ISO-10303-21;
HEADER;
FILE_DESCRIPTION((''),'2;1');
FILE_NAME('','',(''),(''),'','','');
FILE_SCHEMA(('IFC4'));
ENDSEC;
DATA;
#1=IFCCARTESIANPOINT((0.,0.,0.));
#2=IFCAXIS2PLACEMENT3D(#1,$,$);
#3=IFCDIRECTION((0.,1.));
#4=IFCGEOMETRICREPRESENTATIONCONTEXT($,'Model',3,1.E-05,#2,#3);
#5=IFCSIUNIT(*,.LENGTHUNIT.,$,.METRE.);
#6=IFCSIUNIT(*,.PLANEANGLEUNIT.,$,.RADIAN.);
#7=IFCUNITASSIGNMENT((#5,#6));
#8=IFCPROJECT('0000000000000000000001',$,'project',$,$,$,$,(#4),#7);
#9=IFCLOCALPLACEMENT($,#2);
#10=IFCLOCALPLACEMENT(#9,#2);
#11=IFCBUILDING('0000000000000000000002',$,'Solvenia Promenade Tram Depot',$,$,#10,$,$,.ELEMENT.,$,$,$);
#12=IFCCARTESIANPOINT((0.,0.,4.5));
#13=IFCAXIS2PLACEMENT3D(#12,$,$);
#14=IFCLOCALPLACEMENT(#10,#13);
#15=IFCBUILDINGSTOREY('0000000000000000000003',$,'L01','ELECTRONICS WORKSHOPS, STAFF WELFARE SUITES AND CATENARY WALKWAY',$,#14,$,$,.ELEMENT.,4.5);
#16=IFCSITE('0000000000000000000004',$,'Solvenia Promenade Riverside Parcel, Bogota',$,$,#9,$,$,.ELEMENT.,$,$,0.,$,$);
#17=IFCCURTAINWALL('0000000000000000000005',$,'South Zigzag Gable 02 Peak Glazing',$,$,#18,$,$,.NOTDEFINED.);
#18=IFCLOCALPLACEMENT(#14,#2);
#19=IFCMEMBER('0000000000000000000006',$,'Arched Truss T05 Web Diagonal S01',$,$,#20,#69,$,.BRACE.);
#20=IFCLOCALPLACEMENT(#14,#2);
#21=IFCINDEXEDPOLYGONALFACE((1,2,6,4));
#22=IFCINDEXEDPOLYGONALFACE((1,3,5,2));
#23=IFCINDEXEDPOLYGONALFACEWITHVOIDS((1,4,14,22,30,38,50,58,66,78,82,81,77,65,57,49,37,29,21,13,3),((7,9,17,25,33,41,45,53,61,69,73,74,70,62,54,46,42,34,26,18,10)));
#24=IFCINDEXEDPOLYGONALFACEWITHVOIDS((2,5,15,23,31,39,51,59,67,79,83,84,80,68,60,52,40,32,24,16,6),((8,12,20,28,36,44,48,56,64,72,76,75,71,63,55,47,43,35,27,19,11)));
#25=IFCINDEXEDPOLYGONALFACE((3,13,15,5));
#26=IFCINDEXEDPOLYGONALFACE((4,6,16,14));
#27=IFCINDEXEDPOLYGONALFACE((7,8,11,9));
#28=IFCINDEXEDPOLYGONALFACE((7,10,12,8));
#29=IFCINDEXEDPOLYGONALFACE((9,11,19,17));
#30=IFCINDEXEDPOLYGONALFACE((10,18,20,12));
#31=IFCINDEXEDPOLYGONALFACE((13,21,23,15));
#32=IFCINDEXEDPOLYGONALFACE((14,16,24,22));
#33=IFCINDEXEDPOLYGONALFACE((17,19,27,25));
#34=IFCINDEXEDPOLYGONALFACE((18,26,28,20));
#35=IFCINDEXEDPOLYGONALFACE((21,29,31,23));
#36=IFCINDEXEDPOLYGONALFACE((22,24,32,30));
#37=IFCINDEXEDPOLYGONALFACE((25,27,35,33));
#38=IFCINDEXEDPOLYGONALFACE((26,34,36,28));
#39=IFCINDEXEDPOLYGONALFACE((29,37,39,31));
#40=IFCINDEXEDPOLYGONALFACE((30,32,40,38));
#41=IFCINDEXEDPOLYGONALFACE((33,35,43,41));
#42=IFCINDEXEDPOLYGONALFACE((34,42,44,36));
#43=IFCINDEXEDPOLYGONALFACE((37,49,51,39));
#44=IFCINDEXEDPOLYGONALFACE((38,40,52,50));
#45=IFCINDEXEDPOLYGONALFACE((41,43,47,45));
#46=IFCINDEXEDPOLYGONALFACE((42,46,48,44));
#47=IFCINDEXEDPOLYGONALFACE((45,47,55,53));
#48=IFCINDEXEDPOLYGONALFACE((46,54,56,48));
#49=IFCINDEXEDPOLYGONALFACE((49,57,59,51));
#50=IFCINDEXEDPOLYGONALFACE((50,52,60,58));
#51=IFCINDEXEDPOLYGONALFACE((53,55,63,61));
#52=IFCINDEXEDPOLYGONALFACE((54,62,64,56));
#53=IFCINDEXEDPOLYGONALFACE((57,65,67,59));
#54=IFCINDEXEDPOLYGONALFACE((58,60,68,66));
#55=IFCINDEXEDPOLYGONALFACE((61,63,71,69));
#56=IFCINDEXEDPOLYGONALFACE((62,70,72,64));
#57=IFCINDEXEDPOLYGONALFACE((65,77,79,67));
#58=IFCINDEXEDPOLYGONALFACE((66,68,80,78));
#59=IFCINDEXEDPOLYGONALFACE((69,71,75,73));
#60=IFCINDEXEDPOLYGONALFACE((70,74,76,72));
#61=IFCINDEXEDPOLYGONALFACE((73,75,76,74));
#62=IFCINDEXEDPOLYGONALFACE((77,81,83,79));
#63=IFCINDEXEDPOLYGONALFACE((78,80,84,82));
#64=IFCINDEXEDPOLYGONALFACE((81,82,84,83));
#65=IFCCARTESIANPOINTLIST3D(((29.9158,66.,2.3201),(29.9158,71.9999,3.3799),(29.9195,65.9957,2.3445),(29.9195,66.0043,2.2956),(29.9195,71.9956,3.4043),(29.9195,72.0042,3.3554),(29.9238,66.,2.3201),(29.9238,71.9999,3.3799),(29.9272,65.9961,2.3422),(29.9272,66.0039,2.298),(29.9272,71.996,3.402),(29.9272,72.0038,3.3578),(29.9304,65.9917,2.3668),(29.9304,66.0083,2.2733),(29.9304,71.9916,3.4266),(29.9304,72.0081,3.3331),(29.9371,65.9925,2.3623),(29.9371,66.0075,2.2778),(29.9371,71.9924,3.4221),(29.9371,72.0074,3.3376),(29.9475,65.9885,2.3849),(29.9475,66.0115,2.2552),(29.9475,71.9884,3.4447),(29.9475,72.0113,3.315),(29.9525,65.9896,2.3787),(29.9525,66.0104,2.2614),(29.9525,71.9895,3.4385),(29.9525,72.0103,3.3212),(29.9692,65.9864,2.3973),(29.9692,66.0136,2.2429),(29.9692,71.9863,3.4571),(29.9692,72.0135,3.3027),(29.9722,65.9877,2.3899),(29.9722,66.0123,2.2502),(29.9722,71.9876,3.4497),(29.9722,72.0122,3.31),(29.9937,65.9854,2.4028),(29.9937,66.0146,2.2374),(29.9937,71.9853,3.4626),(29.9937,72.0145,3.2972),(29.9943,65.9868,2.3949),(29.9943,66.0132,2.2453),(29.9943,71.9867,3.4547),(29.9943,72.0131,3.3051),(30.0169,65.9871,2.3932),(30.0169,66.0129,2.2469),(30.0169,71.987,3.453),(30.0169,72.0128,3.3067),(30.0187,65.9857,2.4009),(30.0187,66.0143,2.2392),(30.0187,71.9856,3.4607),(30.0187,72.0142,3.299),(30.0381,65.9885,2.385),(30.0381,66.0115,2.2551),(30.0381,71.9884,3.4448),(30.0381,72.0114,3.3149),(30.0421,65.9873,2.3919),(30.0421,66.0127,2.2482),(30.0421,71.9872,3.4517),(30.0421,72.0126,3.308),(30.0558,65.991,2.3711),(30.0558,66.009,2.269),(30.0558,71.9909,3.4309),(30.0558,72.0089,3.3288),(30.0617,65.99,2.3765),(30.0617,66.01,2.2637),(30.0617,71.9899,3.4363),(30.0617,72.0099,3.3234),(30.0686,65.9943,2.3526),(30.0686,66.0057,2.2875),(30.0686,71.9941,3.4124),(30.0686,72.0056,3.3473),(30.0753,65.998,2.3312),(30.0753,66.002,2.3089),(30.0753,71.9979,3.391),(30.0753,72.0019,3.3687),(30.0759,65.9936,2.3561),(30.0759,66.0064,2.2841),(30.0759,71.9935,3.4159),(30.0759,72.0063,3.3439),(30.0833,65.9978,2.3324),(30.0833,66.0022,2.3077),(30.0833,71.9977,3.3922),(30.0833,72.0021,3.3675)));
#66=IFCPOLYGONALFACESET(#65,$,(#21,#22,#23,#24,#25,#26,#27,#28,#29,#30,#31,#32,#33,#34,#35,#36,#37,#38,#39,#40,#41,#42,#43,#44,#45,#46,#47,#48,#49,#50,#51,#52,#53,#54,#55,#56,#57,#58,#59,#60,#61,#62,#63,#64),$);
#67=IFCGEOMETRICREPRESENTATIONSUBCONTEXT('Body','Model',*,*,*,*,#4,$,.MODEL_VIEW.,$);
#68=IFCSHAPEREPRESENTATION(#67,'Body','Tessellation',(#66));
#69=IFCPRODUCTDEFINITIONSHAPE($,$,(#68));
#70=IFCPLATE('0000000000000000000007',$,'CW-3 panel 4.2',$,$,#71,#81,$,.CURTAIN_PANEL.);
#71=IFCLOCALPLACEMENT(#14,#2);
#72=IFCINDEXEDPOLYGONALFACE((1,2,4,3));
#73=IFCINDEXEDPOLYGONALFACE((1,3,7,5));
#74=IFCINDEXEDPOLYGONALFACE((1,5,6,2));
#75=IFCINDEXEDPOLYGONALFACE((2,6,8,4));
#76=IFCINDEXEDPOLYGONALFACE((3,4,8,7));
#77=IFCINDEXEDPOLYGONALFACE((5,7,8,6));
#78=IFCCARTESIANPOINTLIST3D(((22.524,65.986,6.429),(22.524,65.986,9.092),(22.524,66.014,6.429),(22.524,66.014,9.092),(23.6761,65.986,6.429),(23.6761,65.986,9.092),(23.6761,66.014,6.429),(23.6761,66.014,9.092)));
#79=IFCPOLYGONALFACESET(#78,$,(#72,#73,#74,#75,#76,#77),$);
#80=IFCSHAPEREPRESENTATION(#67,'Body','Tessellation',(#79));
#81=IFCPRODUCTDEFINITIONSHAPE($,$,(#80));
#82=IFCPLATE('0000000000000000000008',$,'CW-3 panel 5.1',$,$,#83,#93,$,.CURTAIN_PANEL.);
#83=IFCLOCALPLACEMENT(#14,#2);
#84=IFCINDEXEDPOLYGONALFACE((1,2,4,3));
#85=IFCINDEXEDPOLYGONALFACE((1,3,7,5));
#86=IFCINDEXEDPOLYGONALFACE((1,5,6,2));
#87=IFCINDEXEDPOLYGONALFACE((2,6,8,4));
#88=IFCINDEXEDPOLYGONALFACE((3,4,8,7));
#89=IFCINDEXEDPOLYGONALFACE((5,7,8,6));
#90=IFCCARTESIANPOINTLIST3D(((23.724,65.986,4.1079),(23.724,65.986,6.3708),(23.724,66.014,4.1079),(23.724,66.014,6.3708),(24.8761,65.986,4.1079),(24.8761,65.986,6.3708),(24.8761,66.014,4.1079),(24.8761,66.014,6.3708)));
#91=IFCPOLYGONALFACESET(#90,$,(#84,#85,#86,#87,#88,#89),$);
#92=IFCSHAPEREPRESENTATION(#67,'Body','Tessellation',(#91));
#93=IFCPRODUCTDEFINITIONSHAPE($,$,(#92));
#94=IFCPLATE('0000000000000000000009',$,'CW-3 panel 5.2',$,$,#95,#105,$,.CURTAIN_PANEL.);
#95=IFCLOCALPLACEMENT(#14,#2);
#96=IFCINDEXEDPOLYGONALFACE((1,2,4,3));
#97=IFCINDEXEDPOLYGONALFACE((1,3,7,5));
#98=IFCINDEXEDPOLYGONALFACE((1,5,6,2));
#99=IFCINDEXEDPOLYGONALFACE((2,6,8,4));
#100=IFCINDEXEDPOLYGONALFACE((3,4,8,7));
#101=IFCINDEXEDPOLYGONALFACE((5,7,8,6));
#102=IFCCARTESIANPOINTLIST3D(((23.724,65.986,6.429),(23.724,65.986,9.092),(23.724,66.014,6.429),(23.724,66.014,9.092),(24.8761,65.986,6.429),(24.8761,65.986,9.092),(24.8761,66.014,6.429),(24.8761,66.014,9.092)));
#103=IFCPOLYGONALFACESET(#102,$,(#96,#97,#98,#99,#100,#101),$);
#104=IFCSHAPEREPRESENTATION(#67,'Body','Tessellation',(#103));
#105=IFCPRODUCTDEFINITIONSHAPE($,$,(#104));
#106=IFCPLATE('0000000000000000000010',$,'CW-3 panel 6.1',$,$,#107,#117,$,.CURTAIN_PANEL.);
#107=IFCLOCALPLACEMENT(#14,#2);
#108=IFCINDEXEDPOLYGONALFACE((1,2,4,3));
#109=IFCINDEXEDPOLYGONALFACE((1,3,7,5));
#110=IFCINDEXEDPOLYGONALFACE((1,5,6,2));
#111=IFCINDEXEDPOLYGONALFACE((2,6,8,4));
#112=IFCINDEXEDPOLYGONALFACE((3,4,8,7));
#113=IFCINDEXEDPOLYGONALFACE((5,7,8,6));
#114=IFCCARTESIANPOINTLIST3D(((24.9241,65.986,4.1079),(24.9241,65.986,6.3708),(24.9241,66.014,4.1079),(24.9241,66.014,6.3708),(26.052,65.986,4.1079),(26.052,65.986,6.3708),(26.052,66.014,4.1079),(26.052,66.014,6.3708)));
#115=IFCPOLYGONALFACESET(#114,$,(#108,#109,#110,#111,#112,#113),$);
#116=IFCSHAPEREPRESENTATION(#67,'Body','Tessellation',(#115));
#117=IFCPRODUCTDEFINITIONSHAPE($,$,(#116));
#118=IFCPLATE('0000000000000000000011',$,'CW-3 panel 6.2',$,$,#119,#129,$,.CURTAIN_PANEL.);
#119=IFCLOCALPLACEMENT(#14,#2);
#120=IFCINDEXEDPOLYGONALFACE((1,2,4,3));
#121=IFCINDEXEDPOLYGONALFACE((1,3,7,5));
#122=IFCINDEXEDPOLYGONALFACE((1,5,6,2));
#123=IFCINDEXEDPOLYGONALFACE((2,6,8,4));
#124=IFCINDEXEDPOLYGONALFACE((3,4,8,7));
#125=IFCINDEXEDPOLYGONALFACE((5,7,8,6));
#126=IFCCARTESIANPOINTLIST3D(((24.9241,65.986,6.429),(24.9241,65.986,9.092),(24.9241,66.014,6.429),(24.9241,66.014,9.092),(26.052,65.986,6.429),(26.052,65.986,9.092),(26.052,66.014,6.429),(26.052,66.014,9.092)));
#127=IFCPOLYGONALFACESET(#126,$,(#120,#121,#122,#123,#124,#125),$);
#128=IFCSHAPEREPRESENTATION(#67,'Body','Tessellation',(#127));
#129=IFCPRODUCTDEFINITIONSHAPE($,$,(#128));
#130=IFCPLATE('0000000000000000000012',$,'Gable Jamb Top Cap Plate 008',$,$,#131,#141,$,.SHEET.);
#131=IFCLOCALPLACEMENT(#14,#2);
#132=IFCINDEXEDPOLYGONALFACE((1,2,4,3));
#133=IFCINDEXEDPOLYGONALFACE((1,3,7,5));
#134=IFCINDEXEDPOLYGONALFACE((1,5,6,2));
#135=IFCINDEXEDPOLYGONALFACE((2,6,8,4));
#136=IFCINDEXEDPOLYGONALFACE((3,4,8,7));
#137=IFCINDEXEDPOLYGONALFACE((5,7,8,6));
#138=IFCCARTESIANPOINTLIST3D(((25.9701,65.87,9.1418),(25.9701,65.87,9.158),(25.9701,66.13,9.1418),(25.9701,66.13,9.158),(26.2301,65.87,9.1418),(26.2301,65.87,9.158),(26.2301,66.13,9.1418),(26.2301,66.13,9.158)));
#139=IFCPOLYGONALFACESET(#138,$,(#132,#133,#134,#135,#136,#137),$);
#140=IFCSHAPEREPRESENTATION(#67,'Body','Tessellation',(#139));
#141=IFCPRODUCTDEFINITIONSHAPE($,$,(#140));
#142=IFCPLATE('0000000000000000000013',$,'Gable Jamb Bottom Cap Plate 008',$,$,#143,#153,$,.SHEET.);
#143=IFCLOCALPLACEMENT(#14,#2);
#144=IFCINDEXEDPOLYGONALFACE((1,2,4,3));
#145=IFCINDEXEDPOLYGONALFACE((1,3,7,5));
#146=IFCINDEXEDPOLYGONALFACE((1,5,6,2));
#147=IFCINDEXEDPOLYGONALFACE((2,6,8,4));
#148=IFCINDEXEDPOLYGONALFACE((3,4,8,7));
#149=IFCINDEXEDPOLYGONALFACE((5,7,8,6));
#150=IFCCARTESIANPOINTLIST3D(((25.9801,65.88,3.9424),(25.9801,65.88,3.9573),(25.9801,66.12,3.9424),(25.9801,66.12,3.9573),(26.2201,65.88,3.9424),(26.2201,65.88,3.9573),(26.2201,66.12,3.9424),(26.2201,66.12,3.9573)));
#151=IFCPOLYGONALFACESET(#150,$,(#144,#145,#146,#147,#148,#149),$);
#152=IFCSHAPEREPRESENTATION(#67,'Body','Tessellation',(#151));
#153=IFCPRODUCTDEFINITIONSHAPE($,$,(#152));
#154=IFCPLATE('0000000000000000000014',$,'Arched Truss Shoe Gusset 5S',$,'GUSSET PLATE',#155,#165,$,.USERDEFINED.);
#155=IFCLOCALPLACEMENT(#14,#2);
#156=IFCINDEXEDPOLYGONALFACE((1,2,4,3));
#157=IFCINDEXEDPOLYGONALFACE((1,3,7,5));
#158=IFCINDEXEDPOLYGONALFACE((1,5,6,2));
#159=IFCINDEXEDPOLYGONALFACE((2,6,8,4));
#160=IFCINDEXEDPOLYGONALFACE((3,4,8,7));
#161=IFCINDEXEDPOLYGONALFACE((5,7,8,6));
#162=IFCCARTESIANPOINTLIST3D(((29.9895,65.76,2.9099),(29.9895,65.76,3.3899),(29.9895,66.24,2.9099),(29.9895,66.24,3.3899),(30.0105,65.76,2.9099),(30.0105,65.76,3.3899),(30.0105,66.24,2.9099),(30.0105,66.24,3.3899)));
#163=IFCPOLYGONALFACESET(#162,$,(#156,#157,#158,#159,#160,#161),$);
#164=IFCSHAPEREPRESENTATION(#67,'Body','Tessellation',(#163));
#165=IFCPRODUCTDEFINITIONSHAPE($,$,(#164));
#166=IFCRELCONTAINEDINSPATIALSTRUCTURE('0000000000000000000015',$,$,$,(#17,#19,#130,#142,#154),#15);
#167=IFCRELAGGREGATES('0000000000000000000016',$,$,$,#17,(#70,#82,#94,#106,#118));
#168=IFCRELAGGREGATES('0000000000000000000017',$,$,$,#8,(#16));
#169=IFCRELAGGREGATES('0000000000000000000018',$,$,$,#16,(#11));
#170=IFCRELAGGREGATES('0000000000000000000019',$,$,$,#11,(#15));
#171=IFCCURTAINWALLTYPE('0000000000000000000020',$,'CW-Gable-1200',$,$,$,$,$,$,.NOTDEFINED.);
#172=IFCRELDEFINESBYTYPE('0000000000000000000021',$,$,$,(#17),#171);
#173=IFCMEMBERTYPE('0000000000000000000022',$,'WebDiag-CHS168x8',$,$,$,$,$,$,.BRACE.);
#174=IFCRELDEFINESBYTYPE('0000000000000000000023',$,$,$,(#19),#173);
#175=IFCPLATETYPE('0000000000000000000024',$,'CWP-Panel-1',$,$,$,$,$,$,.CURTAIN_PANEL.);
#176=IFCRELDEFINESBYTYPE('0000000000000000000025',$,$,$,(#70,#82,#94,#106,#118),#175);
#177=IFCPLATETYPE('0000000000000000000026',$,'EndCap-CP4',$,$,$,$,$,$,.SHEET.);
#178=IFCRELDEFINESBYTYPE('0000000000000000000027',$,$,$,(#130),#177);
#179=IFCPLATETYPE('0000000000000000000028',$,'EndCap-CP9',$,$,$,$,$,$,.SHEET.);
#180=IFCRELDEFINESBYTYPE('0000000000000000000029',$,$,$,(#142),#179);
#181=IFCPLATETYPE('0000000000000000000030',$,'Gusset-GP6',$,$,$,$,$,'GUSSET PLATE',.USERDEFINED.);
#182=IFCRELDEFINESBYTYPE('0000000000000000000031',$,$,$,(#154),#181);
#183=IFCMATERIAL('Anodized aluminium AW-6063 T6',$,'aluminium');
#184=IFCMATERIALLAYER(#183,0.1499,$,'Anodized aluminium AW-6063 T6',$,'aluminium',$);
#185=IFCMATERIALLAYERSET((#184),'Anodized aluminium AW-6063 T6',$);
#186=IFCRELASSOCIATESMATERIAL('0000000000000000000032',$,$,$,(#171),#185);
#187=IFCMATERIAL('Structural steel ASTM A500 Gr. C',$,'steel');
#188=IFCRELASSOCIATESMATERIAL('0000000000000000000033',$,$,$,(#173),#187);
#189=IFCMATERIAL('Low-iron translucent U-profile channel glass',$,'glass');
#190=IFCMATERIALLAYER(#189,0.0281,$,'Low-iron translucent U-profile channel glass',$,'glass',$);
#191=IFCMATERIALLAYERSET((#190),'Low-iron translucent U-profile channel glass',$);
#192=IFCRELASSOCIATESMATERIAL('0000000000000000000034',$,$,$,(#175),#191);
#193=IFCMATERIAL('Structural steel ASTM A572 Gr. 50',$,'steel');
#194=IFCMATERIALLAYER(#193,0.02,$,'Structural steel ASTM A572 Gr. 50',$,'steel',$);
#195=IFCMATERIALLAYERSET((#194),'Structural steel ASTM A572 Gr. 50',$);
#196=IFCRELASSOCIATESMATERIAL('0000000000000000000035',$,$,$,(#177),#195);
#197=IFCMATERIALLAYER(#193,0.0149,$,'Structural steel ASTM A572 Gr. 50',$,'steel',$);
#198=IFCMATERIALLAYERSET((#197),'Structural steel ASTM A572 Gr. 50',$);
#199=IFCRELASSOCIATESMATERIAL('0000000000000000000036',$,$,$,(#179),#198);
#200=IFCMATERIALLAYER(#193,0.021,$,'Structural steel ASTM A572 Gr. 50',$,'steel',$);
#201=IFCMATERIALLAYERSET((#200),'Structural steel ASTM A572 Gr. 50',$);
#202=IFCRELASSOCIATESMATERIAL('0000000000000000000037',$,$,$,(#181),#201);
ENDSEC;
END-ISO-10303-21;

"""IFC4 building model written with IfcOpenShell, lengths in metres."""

from ifc_helpers import new_model, si_unit, direction, frame, origin, origin_2d, place, context, subcontext, project, spatial, rectangle, hollow_circle, extrude, material, layer, layer_set, material_profile, profile_set, type_object, element, aggregate, save


model = new_model("IFC4")

# Units and contexts
model_context = context("Model", 3, precision=1e-05, world=origin(), true_north=direction((0.0, 1.0)))
body_context = subcontext(model_context, "Body", "Model", "MODEL_VIEW")
ifc_project = project(units=[si_unit("LENGTHUNIT", "METRE"), si_unit("PLANEANGLEUNIT", "RADIAN")], contexts=[model_context])

# Site, building, storey
site_placement = place(None, origin())
site = spatial("IfcSite", under=ifc_project, at=site_placement, Name="Solvenia Promenade Riverside Parcel, Bogota", CompositionType="ELEMENT", RefElevation=0.0)
building_placement = place(site_placement, origin())
building = spatial("IfcBuilding", under=site, at=building_placement, Name="Solvenia Promenade Tram Depot", CompositionType="ELEMENT")
storey_placement = place(building_placement, frame((0.0, 0.0, 4.5)))
storey = spatial("IfcBuildingStorey", under=building, at=storey_placement, Name="L01", Description="ELECTRONICS WORKSHOPS, STAFF WELFARE SUITES AND CATENARY WALKWAY", CompositionType="ELEMENT", Elevation=4.5)

# Curtain wall
ifc_material_1 = material(Name="Anodized aluminium AW-6063 T6", Category="aluminium")
ifc_layer_1 = layer(ifc_material_1, 0.1499, Name="Anodized aluminium AW-6063 T6", Category="aluminium")
ifc_layer_set_1 = layer_set([ifc_layer_1], Name="Anodized aluminium AW-6063 T6")
curtain_wall_type = type_object("IfcCurtainWallType", Name="CW-Gable-1200", PredefinedType="NOTDEFINED", material=ifc_layer_set_1)
curtain_wall_placement = place(storey_placement, origin())
curtain_wall = element("IfcCurtainWall", 1, at=curtain_wall_placement, inside=storey, type_object=curtain_wall_type, Name="South Zigzag Gable 02 Peak Glazing", PredefinedType="NOTDEFINED")

# Member
ifc_material_2 = material(Name="Structural steel ASTM A500 Gr. C", Category="steel")
ifc_material_profile_1 = material_profile(ifc_material_2, hollow_circle(Radius=0.0842, WallThickness=0.0081, at=origin_2d()), Name="CHS168.3x8", Category="steel")
ifc_profile_set_1 = profile_set([ifc_material_profile_1], Name="Structural steel ASTM A500 Gr. C")
member_type_1 = type_object("IfcMemberType", Name="WebDiag-CHS168x8", PredefinedType="BRACE", material=ifc_profile_set_1)
member_1_placement = place(storey_placement, frame((30.0, 66.0, 2.3201), z_axis=(0.0, 0.984756, 0.173943), x_axis=(-1.0, 0.0, 0.0)))
element("IfcMember", 2, at=member_1_placement, inside=storey, type_object=member_type_1, Name="Arched Truss T05 Web Diagonal S01", PredefinedType="BRACE", context=body_context, shape_type="SweptSolid", body=[
    extrude(hollow_circle(Radius=0.0842, WallThickness=0.0081, at=origin_2d()), origin(), (0.0, 0.0, 1.0), 6.0928),
])

# Plates
ifc_material_3 = material(Name="Low-iron translucent U-profile channel glass", Category="glass")
ifc_layer_2 = layer(ifc_material_3, 0.0281, Name="Low-iron translucent U-profile channel glass", Category="glass")
ifc_layer_set_2 = layer_set([ifc_layer_2], Name="Low-iron translucent U-profile channel glass")
plate_type_1 = type_object("IfcPlateType", Name="CWP-Panel-1", PredefinedType="CURTAIN_PANEL", material=ifc_layer_set_2)
plate_1_placement = place(storey_placement, frame((23.1001, 66.0, 6.429), z_axis=(0.0, 0.0, 1.0), x_axis=(1.0, 0.0, 0.0)))
plate_1 = element("IfcPlate", 3, at=plate_1_placement, type_object=plate_type_1, Name="CW-3 panel 4.2", PredefinedType="CURTAIN_PANEL", context=body_context, shape_type="SweptSolid", body=[
    extrude(rectangle(XDim=1.1521, YDim=0.0281, at=origin_2d()), origin(), (0.0, 0.0, 1.0), 2.6631),
])
plate_2_placement = place(storey_placement, frame((24.3, 66.0, 4.1079), z_axis=(0.0, 0.0, 1.0), x_axis=(1.0, 0.0, 0.0)))
plate_2 = element("IfcPlate", 4, at=plate_2_placement, type_object=plate_type_1, Name="CW-3 panel 5.1", PredefinedType="CURTAIN_PANEL", context=body_context, shape_type="SweptSolid", body=[
    extrude(rectangle(XDim=1.1521, YDim=0.0281, at=origin_2d()), origin(), (0.0, 0.0, 1.0), 2.2629),
])
plate_3_placement = place(storey_placement, frame((24.3, 66.0, 6.429), z_axis=(0.0, 0.0, 1.0), x_axis=(1.0, 0.0, 0.0)))
plate_3 = element("IfcPlate", 5, at=plate_3_placement, type_object=plate_type_1, Name="CW-3 panel 5.2", PredefinedType="CURTAIN_PANEL", context=body_context, shape_type="SweptSolid", body=[
    extrude(rectangle(XDim=1.1521, YDim=0.0281, at=origin_2d()), origin(), (0.0, 0.0, 1.0), 2.6631),
])
plate_4_placement = place(storey_placement, frame((25.488, 66.0, 4.1079), z_axis=(0.0, 0.0, 1.0), x_axis=(1.0, 0.0, 0.0)))
plate_4 = element("IfcPlate", 6, at=plate_4_placement, type_object=plate_type_1, Name="CW-3 panel 6.1", PredefinedType="CURTAIN_PANEL", context=body_context, shape_type="SweptSolid", body=[
    extrude(rectangle(XDim=1.1279, YDim=0.0281, at=origin_2d()), origin(), (0.0, 0.0, 1.0), 2.2629),
])
plate_5_placement = place(storey_placement, frame((25.488, 66.0, 6.429), z_axis=(0.0, 0.0, 1.0), x_axis=(1.0, 0.0, 0.0)))
plate_5 = element("IfcPlate", 7, at=plate_5_placement, type_object=plate_type_1, Name="CW-3 panel 6.2", PredefinedType="CURTAIN_PANEL", context=body_context, shape_type="SweptSolid", body=[
    extrude(rectangle(XDim=1.1279, YDim=0.0281, at=origin_2d()), origin(), (0.0, 0.0, 1.0), 2.6631),
])
aggregate(curtain_wall, [plate_1, plate_2, plate_3, plate_4, plate_5])

# Plates
ifc_material_4 = material(Name="Structural steel ASTM A572 Gr. 50", Category="steel")
ifc_layer_3 = layer(ifc_material_4, 0.02, Name="Structural steel ASTM A572 Gr. 50", Category="steel")
ifc_layer_set_3 = layer_set([ifc_layer_3], Name="Structural steel ASTM A572 Gr. 50")
plate_type_2 = type_object("IfcPlateType", Name="EndCap-CP4", PredefinedType="SHEET", material=ifc_layer_set_3)
plate_6_placement = place(storey_placement, frame((26.1001, 66.0, 9.1418), z_axis=(0.0, 0.0, 1.0), x_axis=(1.0, 0.0, 0.0)))
element("IfcPlate", 8, at=plate_6_placement, inside=storey, type_object=plate_type_2, Name="Gable Jamb Top Cap Plate 008", PredefinedType="SHEET", context=body_context, shape_type="SweptSolid", body=[
    extrude(rectangle(XDim=0.26, YDim=0.26, at=origin_2d()), origin(), (0.0, 0.0, 1.0), 0.0161),
])
ifc_layer_4 = layer(ifc_material_4, 0.0149, Name="Structural steel ASTM A572 Gr. 50", Category="steel")
ifc_layer_set_4 = layer_set([ifc_layer_4], Name="Structural steel ASTM A572 Gr. 50")
plate_type_3 = type_object("IfcPlateType", Name="EndCap-CP9", PredefinedType="SHEET", material=ifc_layer_set_4)
plate_7_placement = place(storey_placement, frame((26.1001, 66.0, 3.9424), z_axis=(0.0, 0.0, 1.0), x_axis=(1.0, 0.0, 0.0)))
element("IfcPlate", 9, at=plate_7_placement, inside=storey, type_object=plate_type_3, Name="Gable Jamb Bottom Cap Plate 008", PredefinedType="SHEET", context=body_context, shape_type="SweptSolid", body=[
    extrude(rectangle(XDim=0.24, YDim=0.24, at=origin_2d()), origin(), (0.0, 0.0, 1.0), 0.0149),
])
ifc_layer_5 = layer(ifc_material_4, 0.021, Name="Structural steel ASTM A572 Gr. 50", Category="steel")
ifc_layer_set_5 = layer_set([ifc_layer_5], Name="Structural steel ASTM A572 Gr. 50")
plate_type_4 = type_object("IfcPlateType", Name="Gusset-GP6", ElementType="GUSSET PLATE", PredefinedType="USERDEFINED", material=ifc_layer_set_5)
plate_8_placement = place(storey_placement, frame((30.0, 66.0, 2.9099), z_axis=(0.0, 0.0, 1.0), x_axis=(1.0, 0.0, 0.0)))
element("IfcPlate", 10, at=plate_8_placement, inside=storey, type_object=plate_type_4, Name="Arched Truss Shoe Gusset 5S", ObjectType="GUSSET PLATE", PredefinedType="USERDEFINED", context=body_context, shape_type="SweptSolid", body=[
    extrude(rectangle(XDim=0.021, YDim=0.48, at=origin_2d()), origin(), (0.0, 0.0, 1.0), 0.48),
])

save(model, "model.ifc")
